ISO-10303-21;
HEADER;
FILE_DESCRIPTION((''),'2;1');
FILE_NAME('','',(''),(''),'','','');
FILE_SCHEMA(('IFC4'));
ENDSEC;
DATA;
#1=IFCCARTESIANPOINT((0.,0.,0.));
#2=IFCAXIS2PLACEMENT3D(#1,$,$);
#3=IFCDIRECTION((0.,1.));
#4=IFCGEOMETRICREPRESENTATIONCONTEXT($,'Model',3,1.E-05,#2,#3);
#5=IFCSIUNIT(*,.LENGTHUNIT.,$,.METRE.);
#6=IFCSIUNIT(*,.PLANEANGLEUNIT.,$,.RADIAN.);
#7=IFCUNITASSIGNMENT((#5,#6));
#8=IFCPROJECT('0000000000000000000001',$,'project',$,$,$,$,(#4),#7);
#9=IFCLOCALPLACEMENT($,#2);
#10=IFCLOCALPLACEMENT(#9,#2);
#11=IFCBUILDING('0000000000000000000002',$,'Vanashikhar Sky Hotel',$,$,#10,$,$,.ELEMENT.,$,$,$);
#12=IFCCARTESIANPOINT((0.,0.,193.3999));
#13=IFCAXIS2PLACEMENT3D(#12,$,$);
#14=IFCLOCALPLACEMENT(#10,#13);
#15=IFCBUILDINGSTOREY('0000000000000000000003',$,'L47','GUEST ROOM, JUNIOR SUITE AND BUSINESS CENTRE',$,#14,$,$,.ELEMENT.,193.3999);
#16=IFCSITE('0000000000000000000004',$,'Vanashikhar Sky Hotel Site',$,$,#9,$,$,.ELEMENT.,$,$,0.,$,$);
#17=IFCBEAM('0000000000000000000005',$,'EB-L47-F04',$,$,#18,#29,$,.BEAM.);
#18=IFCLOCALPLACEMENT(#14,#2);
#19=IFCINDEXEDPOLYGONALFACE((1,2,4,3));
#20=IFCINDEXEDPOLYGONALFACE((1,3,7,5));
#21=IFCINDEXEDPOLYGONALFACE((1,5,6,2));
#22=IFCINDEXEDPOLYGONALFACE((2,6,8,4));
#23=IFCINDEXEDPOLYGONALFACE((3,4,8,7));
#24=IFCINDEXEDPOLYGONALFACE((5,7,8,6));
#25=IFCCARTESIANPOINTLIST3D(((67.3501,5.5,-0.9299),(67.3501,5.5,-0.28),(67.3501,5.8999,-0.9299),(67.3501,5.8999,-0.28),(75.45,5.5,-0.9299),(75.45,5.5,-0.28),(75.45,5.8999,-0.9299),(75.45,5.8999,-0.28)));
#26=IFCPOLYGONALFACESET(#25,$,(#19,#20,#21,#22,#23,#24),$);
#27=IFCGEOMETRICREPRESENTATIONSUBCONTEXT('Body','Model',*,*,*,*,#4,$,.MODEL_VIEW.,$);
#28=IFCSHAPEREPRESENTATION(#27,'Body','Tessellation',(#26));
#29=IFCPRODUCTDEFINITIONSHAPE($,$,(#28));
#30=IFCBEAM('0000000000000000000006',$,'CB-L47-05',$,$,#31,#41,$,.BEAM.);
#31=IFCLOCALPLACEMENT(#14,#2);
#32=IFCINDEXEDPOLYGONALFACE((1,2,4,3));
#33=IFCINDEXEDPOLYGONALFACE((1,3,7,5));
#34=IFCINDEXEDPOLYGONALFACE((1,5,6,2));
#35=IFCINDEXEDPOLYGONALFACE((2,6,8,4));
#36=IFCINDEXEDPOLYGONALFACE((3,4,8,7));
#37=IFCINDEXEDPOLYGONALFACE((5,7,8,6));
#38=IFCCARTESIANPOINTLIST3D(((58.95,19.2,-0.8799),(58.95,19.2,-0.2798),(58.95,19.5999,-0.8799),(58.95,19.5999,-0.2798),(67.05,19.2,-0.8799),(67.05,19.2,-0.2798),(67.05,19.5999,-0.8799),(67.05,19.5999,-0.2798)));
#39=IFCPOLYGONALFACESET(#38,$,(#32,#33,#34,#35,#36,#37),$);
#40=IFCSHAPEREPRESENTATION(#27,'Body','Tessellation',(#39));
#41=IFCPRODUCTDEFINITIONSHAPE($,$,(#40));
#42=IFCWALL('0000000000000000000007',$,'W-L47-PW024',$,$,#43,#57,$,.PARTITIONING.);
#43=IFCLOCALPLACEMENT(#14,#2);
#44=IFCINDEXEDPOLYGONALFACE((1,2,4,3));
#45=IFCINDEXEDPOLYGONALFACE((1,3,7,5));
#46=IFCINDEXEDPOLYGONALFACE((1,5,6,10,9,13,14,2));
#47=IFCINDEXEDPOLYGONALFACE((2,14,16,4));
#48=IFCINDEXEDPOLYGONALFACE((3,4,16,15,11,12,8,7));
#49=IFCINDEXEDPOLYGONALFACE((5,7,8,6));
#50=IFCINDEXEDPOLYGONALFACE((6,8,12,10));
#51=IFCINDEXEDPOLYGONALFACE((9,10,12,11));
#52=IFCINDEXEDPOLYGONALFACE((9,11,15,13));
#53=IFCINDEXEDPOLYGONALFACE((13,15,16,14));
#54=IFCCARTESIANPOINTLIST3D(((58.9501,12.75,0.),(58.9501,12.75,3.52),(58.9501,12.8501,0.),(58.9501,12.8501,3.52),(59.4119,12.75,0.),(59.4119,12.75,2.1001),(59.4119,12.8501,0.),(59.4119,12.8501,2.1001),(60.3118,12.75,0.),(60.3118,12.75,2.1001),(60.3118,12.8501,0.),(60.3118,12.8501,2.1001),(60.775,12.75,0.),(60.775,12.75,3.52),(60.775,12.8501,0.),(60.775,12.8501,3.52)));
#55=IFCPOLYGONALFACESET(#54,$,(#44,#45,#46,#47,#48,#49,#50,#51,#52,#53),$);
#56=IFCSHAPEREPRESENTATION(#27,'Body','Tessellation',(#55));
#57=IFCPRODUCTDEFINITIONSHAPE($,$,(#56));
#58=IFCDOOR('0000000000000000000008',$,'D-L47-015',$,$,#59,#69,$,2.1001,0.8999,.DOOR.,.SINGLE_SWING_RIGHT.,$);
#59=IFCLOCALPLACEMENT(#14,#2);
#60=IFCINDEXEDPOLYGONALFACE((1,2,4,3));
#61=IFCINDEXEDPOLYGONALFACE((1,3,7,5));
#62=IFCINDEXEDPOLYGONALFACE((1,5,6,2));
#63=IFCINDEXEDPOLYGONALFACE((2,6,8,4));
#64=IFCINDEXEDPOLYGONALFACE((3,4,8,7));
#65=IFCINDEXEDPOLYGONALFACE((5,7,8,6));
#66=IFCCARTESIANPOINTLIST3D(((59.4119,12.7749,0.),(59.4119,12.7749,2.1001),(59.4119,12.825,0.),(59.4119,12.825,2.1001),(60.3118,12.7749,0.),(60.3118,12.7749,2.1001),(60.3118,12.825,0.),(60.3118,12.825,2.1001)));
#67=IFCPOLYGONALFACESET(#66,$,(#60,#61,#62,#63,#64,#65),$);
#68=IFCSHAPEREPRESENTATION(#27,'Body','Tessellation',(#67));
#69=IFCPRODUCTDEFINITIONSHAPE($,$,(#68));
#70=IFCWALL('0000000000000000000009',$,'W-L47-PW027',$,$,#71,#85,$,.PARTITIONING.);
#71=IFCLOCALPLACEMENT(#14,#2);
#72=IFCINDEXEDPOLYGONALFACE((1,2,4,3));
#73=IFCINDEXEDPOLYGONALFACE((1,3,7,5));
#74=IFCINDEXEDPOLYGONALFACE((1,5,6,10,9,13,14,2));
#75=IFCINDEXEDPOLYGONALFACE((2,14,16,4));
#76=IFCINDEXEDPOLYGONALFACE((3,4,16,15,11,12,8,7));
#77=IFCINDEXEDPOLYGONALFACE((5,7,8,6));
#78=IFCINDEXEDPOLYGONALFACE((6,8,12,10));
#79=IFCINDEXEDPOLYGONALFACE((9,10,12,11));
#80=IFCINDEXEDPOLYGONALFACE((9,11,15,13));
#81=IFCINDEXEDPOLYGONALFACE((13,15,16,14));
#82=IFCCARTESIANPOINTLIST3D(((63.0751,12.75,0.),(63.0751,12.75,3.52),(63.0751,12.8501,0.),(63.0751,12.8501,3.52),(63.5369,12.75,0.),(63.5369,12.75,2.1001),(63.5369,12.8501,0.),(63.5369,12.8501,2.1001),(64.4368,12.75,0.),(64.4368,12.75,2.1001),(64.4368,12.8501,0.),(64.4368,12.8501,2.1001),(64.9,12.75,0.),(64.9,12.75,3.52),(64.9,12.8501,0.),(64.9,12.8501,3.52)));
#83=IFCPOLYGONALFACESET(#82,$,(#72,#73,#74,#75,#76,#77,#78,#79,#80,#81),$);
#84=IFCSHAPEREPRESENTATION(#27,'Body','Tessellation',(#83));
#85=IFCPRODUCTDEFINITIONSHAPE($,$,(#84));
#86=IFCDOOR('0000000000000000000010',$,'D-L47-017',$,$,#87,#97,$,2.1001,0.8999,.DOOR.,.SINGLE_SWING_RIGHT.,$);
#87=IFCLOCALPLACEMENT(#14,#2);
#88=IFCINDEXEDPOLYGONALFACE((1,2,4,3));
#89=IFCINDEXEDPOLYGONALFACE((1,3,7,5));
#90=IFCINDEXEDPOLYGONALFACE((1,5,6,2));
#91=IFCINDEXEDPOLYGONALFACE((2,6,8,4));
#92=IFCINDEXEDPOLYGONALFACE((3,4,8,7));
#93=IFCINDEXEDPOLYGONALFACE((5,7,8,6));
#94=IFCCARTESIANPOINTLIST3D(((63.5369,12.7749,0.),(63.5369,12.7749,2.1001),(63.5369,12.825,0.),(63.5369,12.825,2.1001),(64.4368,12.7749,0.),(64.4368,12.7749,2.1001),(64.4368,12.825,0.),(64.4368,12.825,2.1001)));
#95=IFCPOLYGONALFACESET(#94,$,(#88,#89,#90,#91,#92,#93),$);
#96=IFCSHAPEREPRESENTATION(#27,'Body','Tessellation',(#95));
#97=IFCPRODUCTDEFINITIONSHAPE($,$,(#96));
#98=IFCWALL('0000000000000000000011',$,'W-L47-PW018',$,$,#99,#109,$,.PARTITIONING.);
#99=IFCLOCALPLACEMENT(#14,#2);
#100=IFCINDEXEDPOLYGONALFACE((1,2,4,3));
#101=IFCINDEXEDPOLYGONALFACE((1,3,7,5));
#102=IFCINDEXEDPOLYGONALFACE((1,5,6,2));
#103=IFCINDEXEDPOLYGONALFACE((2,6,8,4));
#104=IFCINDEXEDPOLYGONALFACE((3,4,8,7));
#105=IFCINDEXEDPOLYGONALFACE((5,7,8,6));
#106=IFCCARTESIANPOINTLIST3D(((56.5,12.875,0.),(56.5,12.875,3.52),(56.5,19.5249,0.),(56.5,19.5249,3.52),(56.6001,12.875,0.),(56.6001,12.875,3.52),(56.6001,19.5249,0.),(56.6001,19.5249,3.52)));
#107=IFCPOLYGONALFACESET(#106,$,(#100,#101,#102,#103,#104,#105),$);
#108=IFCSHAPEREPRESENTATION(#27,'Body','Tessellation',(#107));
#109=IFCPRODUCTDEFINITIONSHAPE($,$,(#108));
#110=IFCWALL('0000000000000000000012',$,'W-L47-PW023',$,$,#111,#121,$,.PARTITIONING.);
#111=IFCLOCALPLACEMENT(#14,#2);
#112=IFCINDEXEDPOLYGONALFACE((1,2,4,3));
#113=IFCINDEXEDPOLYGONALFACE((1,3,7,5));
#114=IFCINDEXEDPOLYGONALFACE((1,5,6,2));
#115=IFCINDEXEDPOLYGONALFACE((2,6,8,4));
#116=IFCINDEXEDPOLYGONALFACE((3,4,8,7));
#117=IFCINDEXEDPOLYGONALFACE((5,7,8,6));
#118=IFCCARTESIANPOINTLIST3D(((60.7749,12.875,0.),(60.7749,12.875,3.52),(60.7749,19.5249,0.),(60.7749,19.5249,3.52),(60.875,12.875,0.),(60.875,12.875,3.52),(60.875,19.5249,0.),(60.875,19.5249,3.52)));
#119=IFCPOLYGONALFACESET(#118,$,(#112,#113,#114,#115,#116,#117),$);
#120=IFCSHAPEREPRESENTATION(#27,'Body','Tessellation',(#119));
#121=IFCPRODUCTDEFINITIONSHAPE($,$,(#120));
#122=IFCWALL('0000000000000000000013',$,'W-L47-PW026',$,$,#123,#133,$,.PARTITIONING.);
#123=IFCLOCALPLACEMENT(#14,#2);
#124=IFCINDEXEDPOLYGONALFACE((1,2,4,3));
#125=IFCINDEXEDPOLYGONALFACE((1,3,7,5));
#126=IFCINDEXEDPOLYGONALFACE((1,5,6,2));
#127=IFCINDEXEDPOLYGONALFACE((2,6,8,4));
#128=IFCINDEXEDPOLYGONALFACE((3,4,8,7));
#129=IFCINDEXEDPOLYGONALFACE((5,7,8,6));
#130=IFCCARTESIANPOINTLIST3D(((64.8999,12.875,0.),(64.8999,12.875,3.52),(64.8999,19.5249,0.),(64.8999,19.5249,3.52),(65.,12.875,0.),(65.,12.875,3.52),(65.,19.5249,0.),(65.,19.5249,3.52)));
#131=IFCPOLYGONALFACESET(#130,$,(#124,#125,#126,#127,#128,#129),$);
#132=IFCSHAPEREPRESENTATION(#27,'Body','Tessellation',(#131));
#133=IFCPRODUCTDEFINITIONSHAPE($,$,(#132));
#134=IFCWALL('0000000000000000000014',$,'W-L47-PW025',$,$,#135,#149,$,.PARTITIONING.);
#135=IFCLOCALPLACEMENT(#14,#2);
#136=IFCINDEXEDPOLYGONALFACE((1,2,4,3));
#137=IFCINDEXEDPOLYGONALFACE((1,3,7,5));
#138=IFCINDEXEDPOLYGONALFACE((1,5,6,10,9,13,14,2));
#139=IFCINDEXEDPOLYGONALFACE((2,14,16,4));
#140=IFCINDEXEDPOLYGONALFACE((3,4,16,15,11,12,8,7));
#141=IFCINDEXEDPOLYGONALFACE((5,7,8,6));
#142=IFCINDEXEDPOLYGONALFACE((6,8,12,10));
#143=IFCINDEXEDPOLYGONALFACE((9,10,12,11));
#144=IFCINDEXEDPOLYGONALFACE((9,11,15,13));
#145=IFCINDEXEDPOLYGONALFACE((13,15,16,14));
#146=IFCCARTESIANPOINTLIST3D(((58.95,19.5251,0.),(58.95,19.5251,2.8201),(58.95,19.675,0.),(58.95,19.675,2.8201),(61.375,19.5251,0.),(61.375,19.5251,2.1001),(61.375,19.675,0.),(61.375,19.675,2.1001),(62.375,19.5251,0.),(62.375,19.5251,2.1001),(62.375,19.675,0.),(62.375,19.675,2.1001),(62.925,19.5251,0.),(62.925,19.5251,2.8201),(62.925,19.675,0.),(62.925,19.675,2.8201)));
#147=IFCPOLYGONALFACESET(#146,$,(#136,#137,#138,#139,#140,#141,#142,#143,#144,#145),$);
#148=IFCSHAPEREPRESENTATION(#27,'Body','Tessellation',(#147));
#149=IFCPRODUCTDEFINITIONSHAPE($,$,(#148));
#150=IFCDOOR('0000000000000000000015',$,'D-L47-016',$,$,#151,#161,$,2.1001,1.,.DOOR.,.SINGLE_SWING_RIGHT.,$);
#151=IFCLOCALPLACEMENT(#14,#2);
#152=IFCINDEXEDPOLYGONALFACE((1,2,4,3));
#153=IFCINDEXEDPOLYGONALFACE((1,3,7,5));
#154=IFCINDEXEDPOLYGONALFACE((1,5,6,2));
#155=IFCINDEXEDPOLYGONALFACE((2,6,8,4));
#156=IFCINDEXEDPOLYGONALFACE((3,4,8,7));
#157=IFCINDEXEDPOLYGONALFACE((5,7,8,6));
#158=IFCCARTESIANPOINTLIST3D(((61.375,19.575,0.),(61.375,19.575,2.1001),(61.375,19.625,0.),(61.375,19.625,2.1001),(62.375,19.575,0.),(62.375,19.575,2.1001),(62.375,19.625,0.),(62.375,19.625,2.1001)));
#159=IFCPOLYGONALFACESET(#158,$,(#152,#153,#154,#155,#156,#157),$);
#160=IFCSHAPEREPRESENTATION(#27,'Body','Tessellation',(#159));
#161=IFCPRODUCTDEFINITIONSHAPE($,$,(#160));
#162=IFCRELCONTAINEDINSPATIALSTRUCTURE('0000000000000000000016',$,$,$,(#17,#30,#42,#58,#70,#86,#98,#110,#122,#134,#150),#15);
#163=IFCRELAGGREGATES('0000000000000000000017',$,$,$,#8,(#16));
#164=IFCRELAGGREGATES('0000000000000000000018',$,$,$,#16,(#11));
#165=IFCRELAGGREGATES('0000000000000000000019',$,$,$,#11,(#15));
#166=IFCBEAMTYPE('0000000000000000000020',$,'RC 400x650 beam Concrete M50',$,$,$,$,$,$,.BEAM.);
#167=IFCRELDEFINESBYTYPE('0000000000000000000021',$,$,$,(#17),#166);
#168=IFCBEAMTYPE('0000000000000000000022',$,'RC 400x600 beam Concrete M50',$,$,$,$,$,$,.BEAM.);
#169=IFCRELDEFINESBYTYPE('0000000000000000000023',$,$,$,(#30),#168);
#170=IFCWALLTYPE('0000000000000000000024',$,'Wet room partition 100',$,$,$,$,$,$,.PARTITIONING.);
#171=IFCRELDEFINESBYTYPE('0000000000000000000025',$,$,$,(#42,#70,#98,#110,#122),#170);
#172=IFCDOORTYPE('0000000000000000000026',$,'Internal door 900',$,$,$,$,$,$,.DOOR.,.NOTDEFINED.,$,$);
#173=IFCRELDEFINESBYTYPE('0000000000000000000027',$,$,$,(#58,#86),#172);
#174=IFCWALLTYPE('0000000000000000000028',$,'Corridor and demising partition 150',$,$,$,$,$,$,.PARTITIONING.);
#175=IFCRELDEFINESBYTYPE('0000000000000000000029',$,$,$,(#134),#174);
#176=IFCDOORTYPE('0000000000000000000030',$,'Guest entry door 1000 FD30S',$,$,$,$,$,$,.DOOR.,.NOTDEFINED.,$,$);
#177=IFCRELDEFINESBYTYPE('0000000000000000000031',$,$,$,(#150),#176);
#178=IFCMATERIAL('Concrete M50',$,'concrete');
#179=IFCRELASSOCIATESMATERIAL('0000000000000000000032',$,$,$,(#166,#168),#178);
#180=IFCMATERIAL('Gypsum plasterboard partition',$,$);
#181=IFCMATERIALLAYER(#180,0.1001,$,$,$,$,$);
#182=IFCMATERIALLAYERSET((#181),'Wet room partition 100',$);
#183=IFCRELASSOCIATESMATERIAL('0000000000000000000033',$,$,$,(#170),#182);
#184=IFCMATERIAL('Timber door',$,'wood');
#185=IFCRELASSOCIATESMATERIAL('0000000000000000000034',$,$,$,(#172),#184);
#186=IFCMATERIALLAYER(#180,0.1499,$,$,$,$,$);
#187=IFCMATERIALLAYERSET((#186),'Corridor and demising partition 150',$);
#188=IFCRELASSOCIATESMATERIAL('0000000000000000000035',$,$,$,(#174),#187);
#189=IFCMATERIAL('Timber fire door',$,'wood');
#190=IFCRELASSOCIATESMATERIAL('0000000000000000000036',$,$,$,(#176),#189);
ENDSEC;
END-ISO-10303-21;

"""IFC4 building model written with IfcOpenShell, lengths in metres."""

from ifc_helpers import new_model, si_unit, direction, frame, frame_2d, origin, origin_2d, place, context, subcontext, project, spatial, rectangle, extrude, source, transform, mapped, material, layer, layer_set, material_profile, profile_set, type_object, element, fill, save


model = new_model("IFC4")

# Units and contexts
model_context = context("Model", 3, precision=1e-05, world=origin(), true_north=direction((0.0, 1.0)))
body_context = subcontext(model_context, "Body", "Model", "MODEL_VIEW")
ifc_project = project(units=[si_unit("LENGTHUNIT", "METRE"), si_unit("PLANEANGLEUNIT", "RADIAN")], contexts=[model_context])

# Site, building, storey
site_placement = place(None, origin())
site = spatial("IfcSite", under=ifc_project, at=site_placement, Name="Vanashikhar Sky Hotel Site", CompositionType="ELEMENT", RefElevation=0.0)
building_placement = place(site_placement, origin())
building = spatial("IfcBuilding", under=site, at=building_placement, Name="Vanashikhar Sky Hotel", CompositionType="ELEMENT")
storey_placement = place(building_placement, frame((0.0, 0.0, 193.3999)))
storey = spatial("IfcBuildingStorey", under=building, at=storey_placement, Name="L47", Description="GUEST ROOM, JUNIOR SUITE AND BUSINESS CENTRE", CompositionType="ELEMENT", Elevation=193.3999)

# Beams
ifc_material_1 = material(Name="Concrete M50", Category="concrete")
ifc_material_profile_1 = material_profile(ifc_material_1, rectangle(XDim=0.3999, YDim=0.6499, at=origin_2d()))
ifc_profile_set_1 = profile_set([ifc_material_profile_1], Name="RC 400x650 beam Concrete M50")
beam_type_1 = type_object("IfcBeamType", Name="RC 400x650 beam Concrete M50", PredefinedType="BEAM", material=ifc_profile_set_1)
shared_shape_1 = source(origin(), body_context, "Body", "SweptSolid", [
    extrude(rectangle(XDim=0.3999, YDim=0.6499, at=origin_2d()), origin(), (0.0, 0.0, 1.0), 8.0999),
])
beam_1_placement = place(storey_placement, frame((67.3501, 5.7, -0.605), z_axis=(1.0, 0.0, 0.0), x_axis=(0.0, 1.0, 0.0)))
element("IfcBeam", 1, at=beam_1_placement, inside=storey, type_object=beam_type_1, Name="EB-L47-F04", PredefinedType="BEAM", context=body_context, shape_type="MappedRepresentation", body=[
    mapped(shared_shape_1, transform((0.0, 0.0, 0.0), scale=1.0)),
])
ifc_material_profile_2 = material_profile(ifc_material_1, rectangle(XDim=0.3999, YDim=0.6001, at=origin_2d()))
ifc_profile_set_2 = profile_set([ifc_material_profile_2], Name="RC 400x600 beam Concrete M50")
beam_type_2 = type_object("IfcBeamType", Name="RC 400x600 beam Concrete M50", PredefinedType="BEAM", material=ifc_profile_set_2)
shared_shape_2 = source(origin(), body_context, "Body", "SweptSolid", [
    extrude(rectangle(XDim=0.3999, YDim=0.6001, at=origin_2d()), origin(), (0.0, 0.0, 1.0), 8.1001),
])
beam_2_placement = place(storey_placement, frame((58.95, 19.3999, -0.5798), z_axis=(1.0, 0.0, 0.0), x_axis=(0.0, 1.0, 0.0)))
element("IfcBeam", 2, at=beam_2_placement, inside=storey, type_object=beam_type_2, Name="CB-L47-05", PredefinedType="BEAM", context=body_context, shape_type="MappedRepresentation", body=[
    mapped(shared_shape_2, transform((0.0, 0.0, 0.0), scale=1.0)),
])

# Walls, openings, doors
ifc_material_2 = material(Name="Gypsum plasterboard partition")
ifc_layer_1 = layer(ifc_material_2, 0.1001)
ifc_layer_set_1 = layer_set([ifc_layer_1], Name="Wet room partition 100")
wall_type_1 = type_object("IfcWallType", Name="Wet room partition 100", PredefinedType="PARTITIONING", material=ifc_layer_set_1)
shared_shape_3 = source(origin(), body_context, "Body", "SweptSolid", [
    extrude(rectangle(XDim=1.825, YDim=0.1001, at=frame_2d((0.9126, 0.0))), origin(), (0.0, 0.0, 1.0), 3.52),
])
wall_1_placement = place(storey_placement, frame((58.95, 12.8, 0.0), z_axis=(0.0, 0.0, 1.0), x_axis=(1.0, 0.0, 0.0)))
wall_1 = element("IfcWall", 3, at=wall_1_placement, inside=storey, type_object=wall_type_1, Name="W-L47-PW024", PredefinedType="PARTITIONING", context=body_context, shape_type="MappedRepresentation", body=[
    mapped(shared_shape_3, transform((0.0, 0.0, 0.0), scale=1.0)),
])
shared_shape_4 = source(origin(), body_context, "Body", "SweptSolid", [
    extrude(rectangle(XDim=0.8999, YDim=2.1001, at=frame_2d((0.45, 1.05))), frame((0.0, 0.0601, 0.0), z_axis=(0.0, -1.0, 0.0), x_axis=(1.0, 0.0, 0.0)), (0.0, 0.0, 1.0), 0.1201),
])
opening_1_placement = place(wall_1_placement, frame((0.4619, 0.0, 0.0)))
opening_1 = element("IfcOpeningElement", 4, at=opening_1_placement, cuts=wall_1, PredefinedType="OPENING", context=body_context, shape_type="MappedRepresentation", body=[
    mapped(shared_shape_4, transform((0.0, 0.0, 0.0), scale=1.0)),
])
ifc_material_3 = material(Name="Timber door", Category="wood")
door_type_1 = type_object("IfcDoorType", Name="Internal door 900", OperationType="NOTDEFINED", PredefinedType="DOOR", material=ifc_material_3)
shared_shape_5 = source(origin(), body_context, "Body", "SweptSolid", [
    extrude(rectangle(XDim=0.8999, YDim=2.1001, at=frame_2d((0.45, 1.05))), frame((0.0, 0.0249, 0.0), z_axis=(0.0, -1.0, 0.0), x_axis=(1.0, 0.0, 0.0)), (0.0, 0.0, 1.0), 0.05),
])
door_1_placement = place(opening_1_placement, origin())
door_1 = element("IfcDoor", 5, at=door_1_placement, inside=storey, type_object=door_type_1, Name="D-L47-015", OperationType="SINGLE_SWING_RIGHT", OverallHeight=2.1001, OverallWidth=0.8999, PredefinedType="DOOR", context=body_context, shape_type="MappedRepresentation", body=[
    mapped(shared_shape_5, transform((0.0, 0.0, 0.0), scale=1.0)),
])
fill(opening_1, door_1)
wall_2_placement = place(storey_placement, frame((63.075, 12.8, 0.0), z_axis=(0.0, 0.0, 1.0), x_axis=(1.0, 0.0, 0.0)))
wall_2 = element("IfcWall", 6, at=wall_2_placement, inside=storey, type_object=wall_type_1, Name="W-L47-PW027", PredefinedType="PARTITIONING", context=body_context, shape_type="MappedRepresentation", body=[
    mapped(shared_shape_3, transform((0.0, 0.0, 0.0), scale=1.0)),
])
opening_2_placement = place(wall_2_placement, frame((0.4619, 0.0, 0.0)))
opening_2 = element("IfcOpeningElement", 7, at=opening_2_placement, cuts=wall_2, PredefinedType="OPENING", context=body_context, shape_type="MappedRepresentation", body=[
    mapped(shared_shape_4, transform((0.0, 0.0, 0.0), scale=1.0)),
])
door_2_placement = place(opening_2_placement, origin())
door_2 = element("IfcDoor", 8, at=door_2_placement, inside=storey, type_object=door_type_1, Name="D-L47-017", OperationType="SINGLE_SWING_RIGHT", OverallHeight=2.1001, OverallWidth=0.8999, PredefinedType="DOOR", context=body_context, shape_type="MappedRepresentation", body=[
    mapped(shared_shape_5, transform((0.0, 0.0, 0.0), scale=1.0)),
])
fill(opening_2, door_2)

# Walls
shared_shape_6 = source(origin(), body_context, "Body", "SweptSolid", [
    extrude(rectangle(XDim=6.6499, YDim=0.1001, at=frame_2d((3.325, 0.0))), origin(), (0.0, 0.0, 1.0), 3.52),
])
for number, where, z_axis, x_axis, name in (
    (9, (56.55, 12.875, 0.0), (0.0, 0.0, 1.0), (0.0, 1.0, 0.0), "W-L47-PW018"),
    (10, (60.825, 12.875, 0.0), (0.0, 0.0, 1.0), (0.0, 1.0, 0.0), "W-L47-PW023"),
    (11, (64.95, 12.875, 0.0), (0.0, 0.0, 1.0), (0.0, 1.0, 0.0), "W-L47-PW026"),
):
    element("IfcWall", number, at=place(storey_placement, frame(where, z_axis=z_axis, x_axis=x_axis)), inside=storey, type_object=wall_type_1, Name=name, PredefinedType="PARTITIONING", context=body_context, shape_type="MappedRepresentation", body=[
        mapped(shared_shape_6, transform((0.0, 0.0, 0.0), scale=1.0)),
    ])

# Wall, opening, door
ifc_layer_2 = layer(ifc_material_2, 0.1499)
ifc_layer_set_2 = layer_set([ifc_layer_2], Name="Corridor and demising partition 150")
wall_type_2 = type_object("IfcWallType", Name="Corridor and demising partition 150", PredefinedType="PARTITIONING", material=ifc_layer_set_2)
shared_shape_7 = source(origin(), body_context, "Body", "SweptSolid", [
    extrude(rectangle(XDim=3.9751, YDim=0.1499, at=frame_2d((1.9875, 0.0))), origin(), (0.0, 0.0, 1.0), 2.8201),
])
wall_3_placement = place(storey_placement, frame((58.95, 19.6001, 0.0), z_axis=(0.0, 0.0, 1.0), x_axis=(1.0, 0.0, 0.0)))
wall_3 = element("IfcWall", 12, at=wall_3_placement, inside=storey, type_object=wall_type_2, Name="W-L47-PW025", PredefinedType="PARTITIONING", context=body_context, shape_type="MappedRepresentation", body=[
    mapped(shared_shape_7, transform((0.0, 0.0, 0.0), scale=1.0)),
])
shared_shape_8 = source(origin(), body_context, "Body", "SweptSolid", [
    extrude(rectangle(XDim=1.0, YDim=2.1001, at=frame_2d((0.5, 1.05))), frame((0.0, 0.085, 0.0), z_axis=(0.0, -1.0, 0.0), x_axis=(1.0, 0.0, 0.0)), (0.0, 0.0, 1.0), 0.1699),
])
opening_3_placement = place(wall_3_placement, frame((2.425, 0.0, 0.0)))
opening_3 = element("IfcOpeningElement", 13, at=opening_3_placement, cuts=wall_3, PredefinedType="OPENING", context=body_context, shape_type="MappedRepresentation", body=[
    mapped(shared_shape_8, transform((0.0, 0.0, 0.0), scale=1.0)),
])
ifc_material_4 = material(Name="Timber fire door", Category="wood")
door_type_2 = type_object("IfcDoorType", Name="Guest entry door 1000 FD30S", OperationType="NOTDEFINED", PredefinedType="DOOR", material=ifc_material_4)
shared_shape_9 = source(origin(), body_context, "Body", "SweptSolid", [
    extrude(rectangle(XDim=1.0, YDim=2.1001, at=frame_2d((0.5, 1.05))), frame((0.0, 0.0249, 0.0), z_axis=(0.0, -1.0, 0.0), x_axis=(1.0, 0.0, 0.0)), (0.0, 0.0, 1.0), 0.05),
])
door_3_placement = place(opening_3_placement, origin())
door_3 = element("IfcDoor", 14, at=door_3_placement, inside=storey, type_object=door_type_2, Name="D-L47-016", OperationType="SINGLE_SWING_RIGHT", OverallHeight=2.1001, OverallWidth=1.0, PredefinedType="DOOR", context=body_context, shape_type="MappedRepresentation", body=[
    mapped(shared_shape_9, transform((0.0, 0.0, 0.0), scale=1.0)),
])
fill(opening_3, door_3)

save(model, "model.ifc")
